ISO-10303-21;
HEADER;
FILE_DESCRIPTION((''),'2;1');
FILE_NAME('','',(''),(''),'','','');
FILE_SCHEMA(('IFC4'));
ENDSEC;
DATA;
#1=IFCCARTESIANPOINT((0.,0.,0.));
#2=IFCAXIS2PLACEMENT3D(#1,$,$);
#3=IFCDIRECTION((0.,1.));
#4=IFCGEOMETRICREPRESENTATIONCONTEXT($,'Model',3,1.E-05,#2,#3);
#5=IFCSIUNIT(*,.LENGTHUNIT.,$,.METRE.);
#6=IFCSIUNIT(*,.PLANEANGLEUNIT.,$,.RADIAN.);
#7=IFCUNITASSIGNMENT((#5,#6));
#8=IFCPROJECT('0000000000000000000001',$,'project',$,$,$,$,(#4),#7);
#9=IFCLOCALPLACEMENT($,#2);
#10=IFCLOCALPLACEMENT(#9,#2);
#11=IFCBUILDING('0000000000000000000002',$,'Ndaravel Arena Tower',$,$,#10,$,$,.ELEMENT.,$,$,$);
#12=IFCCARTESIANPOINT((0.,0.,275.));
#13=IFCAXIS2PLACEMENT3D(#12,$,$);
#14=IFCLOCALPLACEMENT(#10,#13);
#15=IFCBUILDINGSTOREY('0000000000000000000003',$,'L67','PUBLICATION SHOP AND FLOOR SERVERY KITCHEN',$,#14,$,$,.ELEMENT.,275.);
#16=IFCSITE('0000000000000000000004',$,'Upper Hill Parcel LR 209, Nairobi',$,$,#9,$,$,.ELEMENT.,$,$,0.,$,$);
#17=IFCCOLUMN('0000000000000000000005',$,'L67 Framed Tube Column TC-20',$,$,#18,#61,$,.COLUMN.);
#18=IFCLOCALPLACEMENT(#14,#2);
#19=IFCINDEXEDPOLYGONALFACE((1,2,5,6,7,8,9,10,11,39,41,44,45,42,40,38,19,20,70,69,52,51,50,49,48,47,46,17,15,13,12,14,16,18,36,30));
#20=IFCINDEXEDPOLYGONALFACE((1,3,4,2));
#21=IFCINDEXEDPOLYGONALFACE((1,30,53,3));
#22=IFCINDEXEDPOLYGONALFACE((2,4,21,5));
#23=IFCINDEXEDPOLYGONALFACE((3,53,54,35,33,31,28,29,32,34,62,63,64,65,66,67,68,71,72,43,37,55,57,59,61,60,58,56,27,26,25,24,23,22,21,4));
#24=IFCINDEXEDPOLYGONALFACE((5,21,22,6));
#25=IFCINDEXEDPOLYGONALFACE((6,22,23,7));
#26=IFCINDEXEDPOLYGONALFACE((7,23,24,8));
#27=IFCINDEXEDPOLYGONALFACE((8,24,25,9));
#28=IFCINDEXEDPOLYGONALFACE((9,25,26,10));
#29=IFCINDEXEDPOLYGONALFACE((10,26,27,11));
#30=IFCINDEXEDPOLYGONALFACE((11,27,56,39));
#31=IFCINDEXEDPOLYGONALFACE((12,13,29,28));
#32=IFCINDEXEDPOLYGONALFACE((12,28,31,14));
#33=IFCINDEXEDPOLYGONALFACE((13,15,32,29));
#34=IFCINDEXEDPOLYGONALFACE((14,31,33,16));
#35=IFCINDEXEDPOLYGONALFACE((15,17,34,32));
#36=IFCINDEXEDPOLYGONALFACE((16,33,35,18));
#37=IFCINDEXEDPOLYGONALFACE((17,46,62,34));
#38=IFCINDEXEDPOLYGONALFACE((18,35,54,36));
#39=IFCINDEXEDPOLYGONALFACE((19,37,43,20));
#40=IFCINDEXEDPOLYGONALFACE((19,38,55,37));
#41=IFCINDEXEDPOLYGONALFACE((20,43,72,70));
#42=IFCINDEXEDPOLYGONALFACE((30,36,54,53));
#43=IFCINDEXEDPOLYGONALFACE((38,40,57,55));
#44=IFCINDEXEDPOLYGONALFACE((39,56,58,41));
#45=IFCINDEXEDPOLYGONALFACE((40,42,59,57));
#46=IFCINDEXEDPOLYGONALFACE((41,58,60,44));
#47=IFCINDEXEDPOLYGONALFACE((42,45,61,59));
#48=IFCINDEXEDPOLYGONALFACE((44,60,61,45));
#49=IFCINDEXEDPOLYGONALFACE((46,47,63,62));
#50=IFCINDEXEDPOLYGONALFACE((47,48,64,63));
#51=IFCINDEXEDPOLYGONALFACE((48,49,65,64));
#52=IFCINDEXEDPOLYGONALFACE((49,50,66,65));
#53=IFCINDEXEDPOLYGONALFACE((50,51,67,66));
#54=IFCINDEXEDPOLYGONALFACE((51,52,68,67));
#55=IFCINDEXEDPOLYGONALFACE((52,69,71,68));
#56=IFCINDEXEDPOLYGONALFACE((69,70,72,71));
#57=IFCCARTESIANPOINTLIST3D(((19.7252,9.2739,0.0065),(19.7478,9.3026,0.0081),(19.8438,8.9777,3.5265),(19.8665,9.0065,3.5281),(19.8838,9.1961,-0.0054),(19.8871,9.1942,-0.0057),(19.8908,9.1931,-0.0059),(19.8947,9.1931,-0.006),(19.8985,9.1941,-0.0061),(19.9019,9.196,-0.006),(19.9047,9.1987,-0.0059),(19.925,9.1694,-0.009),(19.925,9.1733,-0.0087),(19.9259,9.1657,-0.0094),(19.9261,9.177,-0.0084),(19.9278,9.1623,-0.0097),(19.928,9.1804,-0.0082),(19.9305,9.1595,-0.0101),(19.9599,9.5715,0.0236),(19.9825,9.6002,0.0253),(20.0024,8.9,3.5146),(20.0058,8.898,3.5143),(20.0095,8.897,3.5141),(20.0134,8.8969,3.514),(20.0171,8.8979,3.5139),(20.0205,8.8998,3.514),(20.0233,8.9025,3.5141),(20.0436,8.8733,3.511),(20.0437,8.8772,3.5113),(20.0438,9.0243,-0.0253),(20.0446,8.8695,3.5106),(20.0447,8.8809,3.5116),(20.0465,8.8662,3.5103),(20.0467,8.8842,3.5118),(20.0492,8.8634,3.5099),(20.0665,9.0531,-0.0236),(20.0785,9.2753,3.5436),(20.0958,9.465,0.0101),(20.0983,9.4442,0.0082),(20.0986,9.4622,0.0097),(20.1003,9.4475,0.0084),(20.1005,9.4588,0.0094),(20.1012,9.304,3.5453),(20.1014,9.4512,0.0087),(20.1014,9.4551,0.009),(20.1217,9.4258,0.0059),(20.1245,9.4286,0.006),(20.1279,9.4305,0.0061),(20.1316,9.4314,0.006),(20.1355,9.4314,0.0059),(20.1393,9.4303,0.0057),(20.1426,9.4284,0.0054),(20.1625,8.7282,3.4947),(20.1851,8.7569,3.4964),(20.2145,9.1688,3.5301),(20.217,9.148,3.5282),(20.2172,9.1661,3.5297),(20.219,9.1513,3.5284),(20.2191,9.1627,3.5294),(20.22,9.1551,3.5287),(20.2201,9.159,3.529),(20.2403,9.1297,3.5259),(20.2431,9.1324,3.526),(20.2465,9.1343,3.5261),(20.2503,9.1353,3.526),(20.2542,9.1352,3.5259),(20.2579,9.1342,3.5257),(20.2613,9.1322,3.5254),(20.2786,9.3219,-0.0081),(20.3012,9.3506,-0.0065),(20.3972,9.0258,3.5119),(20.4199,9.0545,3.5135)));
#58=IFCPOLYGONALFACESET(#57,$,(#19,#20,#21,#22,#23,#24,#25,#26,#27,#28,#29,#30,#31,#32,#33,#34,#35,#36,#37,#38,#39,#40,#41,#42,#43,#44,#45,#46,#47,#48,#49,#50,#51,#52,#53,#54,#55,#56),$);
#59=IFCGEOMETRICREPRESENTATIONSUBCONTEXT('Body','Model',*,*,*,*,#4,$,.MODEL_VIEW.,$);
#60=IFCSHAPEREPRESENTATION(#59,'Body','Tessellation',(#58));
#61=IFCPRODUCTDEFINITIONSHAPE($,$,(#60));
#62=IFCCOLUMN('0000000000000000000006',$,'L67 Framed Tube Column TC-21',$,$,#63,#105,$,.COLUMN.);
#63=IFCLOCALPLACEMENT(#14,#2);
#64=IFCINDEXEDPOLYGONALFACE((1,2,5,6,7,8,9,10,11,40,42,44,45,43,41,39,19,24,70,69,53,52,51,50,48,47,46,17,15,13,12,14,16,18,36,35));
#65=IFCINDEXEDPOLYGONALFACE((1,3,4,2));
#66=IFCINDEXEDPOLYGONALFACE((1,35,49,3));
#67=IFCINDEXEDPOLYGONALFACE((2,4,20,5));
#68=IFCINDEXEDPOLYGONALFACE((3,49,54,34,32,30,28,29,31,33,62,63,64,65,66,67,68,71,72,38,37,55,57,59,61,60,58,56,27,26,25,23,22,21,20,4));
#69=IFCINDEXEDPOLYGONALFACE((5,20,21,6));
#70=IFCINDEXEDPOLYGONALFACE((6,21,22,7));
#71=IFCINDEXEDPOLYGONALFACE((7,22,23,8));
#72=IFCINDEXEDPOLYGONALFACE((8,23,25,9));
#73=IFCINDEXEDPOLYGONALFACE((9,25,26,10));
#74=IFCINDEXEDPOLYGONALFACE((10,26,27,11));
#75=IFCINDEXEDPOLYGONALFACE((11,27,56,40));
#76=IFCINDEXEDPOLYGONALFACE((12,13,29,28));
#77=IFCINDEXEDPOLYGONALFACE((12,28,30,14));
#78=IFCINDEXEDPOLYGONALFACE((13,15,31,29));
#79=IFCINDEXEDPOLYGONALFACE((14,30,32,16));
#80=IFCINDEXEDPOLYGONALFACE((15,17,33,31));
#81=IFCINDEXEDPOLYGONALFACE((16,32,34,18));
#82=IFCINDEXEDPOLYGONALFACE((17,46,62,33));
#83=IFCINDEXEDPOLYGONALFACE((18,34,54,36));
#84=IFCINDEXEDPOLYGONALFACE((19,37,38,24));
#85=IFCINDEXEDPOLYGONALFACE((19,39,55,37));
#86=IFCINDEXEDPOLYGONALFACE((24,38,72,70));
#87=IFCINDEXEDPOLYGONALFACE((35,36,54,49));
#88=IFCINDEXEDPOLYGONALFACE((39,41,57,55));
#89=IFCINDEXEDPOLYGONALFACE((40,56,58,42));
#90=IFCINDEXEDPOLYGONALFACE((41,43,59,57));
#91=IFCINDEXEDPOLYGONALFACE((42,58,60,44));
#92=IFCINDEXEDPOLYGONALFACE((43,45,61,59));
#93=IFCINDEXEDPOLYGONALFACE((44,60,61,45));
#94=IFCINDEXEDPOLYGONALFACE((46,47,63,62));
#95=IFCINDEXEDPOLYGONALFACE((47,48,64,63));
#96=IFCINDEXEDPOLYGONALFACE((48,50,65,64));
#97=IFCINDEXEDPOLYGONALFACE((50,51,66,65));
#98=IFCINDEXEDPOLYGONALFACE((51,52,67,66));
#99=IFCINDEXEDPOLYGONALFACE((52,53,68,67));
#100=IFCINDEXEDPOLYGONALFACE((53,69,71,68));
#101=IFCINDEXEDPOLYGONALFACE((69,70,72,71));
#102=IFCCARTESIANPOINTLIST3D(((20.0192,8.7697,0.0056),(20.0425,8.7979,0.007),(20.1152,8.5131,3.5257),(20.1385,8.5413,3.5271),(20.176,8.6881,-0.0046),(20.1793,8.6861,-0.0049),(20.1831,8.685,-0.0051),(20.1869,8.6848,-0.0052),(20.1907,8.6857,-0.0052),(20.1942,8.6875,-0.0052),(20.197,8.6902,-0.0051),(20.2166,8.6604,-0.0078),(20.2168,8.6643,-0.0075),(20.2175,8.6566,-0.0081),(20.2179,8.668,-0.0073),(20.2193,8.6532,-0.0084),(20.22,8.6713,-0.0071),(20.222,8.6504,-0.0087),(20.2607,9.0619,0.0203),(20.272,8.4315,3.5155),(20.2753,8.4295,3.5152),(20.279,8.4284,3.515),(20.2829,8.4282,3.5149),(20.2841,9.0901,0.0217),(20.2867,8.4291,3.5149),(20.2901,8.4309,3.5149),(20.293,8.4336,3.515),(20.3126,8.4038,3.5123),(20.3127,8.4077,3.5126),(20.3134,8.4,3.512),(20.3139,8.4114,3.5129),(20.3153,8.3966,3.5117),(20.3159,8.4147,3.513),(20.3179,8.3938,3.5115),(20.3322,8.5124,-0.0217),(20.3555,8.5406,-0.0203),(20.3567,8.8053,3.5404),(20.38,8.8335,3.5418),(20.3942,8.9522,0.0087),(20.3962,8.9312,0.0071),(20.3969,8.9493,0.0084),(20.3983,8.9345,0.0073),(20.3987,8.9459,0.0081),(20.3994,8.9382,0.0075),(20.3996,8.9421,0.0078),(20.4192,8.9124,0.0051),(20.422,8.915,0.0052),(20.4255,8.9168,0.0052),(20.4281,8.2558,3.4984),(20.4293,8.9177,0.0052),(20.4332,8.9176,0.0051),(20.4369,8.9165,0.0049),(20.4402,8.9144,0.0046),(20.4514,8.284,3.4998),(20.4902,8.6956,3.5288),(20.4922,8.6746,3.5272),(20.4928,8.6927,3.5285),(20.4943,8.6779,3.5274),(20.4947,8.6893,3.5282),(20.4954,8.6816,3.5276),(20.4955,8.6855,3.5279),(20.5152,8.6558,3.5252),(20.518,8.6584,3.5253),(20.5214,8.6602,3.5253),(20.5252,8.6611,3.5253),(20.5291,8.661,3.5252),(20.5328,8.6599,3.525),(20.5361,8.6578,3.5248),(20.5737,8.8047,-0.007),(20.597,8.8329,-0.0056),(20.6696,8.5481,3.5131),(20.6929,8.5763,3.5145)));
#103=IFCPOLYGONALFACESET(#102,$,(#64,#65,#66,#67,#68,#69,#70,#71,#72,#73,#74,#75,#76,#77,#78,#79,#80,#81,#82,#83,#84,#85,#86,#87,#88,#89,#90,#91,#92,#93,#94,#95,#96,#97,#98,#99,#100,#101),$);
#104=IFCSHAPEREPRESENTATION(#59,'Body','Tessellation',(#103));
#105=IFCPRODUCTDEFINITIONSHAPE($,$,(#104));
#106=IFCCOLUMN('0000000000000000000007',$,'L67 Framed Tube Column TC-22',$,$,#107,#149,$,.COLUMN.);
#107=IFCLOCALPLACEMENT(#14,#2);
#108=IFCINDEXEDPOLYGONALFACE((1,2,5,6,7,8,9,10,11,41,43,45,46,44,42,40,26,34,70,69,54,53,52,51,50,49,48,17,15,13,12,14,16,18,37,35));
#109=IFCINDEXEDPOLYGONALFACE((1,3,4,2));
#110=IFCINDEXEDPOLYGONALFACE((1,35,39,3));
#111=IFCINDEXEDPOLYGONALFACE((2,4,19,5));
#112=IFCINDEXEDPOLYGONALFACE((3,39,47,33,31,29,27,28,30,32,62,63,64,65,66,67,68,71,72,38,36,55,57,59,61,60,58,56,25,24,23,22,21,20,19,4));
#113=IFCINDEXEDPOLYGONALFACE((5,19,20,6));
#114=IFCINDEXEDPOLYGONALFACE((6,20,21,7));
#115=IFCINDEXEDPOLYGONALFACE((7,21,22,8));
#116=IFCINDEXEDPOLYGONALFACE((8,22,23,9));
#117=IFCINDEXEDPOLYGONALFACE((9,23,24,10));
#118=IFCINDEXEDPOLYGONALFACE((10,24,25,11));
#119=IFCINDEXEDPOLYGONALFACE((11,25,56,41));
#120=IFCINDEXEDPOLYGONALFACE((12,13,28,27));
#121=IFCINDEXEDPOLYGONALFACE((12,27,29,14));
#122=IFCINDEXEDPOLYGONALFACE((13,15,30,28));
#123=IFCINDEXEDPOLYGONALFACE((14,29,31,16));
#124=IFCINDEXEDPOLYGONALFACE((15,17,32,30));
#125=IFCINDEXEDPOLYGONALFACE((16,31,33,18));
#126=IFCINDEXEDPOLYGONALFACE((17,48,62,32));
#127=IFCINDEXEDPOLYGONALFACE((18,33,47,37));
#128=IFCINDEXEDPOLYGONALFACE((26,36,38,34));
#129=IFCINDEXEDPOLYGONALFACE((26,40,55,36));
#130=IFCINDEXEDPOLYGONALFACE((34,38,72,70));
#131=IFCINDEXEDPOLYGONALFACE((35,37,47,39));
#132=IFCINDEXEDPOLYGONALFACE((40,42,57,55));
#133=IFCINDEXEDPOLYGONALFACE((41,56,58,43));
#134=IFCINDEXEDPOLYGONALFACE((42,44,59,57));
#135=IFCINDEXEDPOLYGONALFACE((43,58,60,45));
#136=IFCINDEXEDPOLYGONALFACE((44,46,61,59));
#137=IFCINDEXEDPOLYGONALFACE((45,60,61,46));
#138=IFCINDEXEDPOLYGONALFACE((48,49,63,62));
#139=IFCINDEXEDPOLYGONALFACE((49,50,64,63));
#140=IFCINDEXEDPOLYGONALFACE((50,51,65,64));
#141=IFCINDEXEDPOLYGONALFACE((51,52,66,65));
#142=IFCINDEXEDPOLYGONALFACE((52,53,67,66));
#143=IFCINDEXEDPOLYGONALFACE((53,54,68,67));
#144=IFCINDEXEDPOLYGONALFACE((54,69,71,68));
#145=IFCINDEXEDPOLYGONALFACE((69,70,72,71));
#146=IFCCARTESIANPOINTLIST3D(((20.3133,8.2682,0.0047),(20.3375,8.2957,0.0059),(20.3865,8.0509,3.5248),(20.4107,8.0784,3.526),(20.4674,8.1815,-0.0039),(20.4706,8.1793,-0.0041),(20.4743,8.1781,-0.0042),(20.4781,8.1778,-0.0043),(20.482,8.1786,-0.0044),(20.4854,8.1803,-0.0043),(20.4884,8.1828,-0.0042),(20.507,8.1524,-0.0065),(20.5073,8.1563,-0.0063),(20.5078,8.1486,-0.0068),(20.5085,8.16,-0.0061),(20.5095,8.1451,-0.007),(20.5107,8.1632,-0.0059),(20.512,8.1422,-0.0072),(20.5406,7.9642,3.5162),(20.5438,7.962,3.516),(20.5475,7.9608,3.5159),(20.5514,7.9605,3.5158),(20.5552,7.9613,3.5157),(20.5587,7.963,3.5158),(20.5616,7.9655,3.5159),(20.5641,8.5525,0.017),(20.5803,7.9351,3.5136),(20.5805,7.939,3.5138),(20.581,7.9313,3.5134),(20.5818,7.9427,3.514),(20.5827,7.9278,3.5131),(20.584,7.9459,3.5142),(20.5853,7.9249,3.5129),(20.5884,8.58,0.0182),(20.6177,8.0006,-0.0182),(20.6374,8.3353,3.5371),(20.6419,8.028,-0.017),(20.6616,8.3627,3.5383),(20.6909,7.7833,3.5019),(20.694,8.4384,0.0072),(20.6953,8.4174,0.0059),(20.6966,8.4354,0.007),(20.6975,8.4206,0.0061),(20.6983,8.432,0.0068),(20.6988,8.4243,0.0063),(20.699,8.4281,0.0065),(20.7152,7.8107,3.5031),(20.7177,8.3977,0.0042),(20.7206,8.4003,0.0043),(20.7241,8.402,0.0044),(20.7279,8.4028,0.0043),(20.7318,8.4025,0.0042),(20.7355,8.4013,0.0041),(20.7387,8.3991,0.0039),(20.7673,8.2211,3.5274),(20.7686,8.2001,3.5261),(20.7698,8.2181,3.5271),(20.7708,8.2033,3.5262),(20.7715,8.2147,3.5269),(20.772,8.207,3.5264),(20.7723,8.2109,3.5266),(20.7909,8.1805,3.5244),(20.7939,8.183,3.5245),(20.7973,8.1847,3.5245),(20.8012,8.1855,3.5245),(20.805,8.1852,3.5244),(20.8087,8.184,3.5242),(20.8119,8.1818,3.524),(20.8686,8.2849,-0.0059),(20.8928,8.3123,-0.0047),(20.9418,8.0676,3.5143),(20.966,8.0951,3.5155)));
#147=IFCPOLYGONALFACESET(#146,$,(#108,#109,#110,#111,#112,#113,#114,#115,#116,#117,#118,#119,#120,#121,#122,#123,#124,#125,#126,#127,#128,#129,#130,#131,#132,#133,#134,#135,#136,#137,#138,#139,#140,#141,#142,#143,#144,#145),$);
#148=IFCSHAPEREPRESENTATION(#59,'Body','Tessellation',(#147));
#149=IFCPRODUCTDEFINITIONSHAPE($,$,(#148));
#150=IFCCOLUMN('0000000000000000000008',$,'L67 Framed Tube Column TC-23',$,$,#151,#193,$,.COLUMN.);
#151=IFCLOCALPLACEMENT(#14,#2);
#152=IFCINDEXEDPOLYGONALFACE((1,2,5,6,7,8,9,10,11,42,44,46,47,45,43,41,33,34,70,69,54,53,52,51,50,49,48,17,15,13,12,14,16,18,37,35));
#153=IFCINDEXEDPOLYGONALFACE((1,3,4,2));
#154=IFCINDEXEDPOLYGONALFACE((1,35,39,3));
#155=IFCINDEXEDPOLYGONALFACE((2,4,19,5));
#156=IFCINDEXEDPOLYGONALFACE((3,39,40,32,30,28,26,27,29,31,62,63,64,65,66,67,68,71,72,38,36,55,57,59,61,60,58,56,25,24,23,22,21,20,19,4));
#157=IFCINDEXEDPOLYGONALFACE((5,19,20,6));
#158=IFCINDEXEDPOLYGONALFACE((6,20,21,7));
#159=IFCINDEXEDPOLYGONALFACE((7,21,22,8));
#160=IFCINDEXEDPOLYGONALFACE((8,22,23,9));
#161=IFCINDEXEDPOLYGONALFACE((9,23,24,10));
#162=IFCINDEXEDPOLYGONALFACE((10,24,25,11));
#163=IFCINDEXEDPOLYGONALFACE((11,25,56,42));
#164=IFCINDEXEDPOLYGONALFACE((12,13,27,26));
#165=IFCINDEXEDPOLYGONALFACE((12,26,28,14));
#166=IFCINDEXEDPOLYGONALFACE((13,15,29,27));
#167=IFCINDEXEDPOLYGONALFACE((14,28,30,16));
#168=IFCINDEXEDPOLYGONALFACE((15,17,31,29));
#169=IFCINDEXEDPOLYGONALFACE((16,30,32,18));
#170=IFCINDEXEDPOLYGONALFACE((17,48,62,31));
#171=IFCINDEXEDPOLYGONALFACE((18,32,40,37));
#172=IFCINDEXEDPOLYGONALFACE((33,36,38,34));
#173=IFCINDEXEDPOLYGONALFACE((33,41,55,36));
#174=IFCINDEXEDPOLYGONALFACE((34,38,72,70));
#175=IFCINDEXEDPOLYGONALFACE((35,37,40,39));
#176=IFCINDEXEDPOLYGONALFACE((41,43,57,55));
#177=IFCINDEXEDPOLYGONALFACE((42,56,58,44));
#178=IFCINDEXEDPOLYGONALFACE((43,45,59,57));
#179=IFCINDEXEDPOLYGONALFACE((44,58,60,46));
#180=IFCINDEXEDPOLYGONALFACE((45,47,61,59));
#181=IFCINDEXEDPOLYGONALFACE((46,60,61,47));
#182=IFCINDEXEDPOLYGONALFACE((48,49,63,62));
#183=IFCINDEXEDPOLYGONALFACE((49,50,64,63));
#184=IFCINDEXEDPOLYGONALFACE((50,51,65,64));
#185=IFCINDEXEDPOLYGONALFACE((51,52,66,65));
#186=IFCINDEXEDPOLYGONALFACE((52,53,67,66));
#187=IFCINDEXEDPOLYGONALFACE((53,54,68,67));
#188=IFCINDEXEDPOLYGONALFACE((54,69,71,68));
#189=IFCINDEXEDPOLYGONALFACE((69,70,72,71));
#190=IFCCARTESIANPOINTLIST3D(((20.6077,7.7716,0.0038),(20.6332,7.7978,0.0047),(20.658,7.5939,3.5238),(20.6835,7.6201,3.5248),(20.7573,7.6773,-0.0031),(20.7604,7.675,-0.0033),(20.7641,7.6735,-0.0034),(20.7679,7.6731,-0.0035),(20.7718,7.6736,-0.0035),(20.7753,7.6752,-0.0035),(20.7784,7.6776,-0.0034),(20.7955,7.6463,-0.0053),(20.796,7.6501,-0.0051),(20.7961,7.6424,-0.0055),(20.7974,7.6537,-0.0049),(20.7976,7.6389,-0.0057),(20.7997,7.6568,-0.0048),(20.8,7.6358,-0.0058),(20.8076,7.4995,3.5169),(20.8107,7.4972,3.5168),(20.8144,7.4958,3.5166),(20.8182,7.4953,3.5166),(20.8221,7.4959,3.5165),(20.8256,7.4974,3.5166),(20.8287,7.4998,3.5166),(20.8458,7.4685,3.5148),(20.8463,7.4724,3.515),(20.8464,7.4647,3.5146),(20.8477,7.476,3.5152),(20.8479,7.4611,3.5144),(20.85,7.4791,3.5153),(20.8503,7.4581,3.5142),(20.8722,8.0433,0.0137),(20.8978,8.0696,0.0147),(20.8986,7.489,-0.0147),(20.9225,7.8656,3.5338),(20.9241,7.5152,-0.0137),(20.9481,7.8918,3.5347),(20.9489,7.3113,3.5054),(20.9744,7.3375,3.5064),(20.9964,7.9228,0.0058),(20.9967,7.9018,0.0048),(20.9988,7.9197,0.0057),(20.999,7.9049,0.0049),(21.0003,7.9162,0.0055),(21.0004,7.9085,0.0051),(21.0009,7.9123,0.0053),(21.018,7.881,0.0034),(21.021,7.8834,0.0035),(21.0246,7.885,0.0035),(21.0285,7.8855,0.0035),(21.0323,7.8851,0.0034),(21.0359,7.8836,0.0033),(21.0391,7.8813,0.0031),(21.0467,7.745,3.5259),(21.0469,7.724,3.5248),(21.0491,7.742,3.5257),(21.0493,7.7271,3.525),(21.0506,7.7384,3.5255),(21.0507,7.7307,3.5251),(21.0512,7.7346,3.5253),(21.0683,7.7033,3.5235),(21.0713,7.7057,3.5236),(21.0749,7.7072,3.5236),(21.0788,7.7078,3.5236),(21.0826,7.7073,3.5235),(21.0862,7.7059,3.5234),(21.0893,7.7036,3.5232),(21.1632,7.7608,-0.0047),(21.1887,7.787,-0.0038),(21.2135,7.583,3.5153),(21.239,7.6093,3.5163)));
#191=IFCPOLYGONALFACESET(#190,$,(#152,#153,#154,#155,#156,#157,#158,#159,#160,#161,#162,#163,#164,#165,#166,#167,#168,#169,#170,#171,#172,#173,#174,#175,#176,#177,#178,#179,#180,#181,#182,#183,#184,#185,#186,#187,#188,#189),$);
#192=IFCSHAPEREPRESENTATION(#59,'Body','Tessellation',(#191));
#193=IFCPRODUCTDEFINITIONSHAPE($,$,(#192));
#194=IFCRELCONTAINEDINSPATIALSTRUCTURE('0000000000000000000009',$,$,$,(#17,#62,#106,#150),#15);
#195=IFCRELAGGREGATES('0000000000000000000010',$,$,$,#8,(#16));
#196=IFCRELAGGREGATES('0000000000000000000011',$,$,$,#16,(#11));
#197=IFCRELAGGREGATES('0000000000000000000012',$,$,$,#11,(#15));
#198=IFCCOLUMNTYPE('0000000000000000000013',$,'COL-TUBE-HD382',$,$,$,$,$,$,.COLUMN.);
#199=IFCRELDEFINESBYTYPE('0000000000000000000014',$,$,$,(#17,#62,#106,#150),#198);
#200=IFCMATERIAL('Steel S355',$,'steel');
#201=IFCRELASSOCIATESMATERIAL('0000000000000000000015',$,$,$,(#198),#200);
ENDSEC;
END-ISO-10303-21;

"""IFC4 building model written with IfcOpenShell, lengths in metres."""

from ifc_helpers import new_model, si_unit, direction, frame, origin, origin_2d, place, context, subcontext, project, spatial, i_section, extrude, material, material_profile, profile_set, type_object, element, save


model = new_model("IFC4")

# Units and contexts
model_context = context("Model", 3, precision=1e-05, world=origin(), true_north=direction((0.0, 1.0)))
body_context = subcontext(model_context, "Body", "Model", "MODEL_VIEW")
ifc_project = project(units=[si_unit("LENGTHUNIT", "METRE"), si_unit("PLANEANGLEUNIT", "RADIAN")], contexts=[model_context])

# Site, building, storey
site_placement = place(None, origin())
site = spatial("IfcSite", under=ifc_project, at=site_placement, Name="Upper Hill Parcel LR 209, Nairobi", CompositionType="ELEMENT", RefElevation=0.0)
building_placement = place(site_placement, origin())
building = spatial("IfcBuilding", under=site, at=building_placement, Name="Ndaravel Arena Tower", CompositionType="ELEMENT")
storey_placement = place(building_placement, frame((0.0, 0.0, 275.0)))
storey = spatial("IfcBuildingStorey", under=building, at=storey_placement, Name="L67", Description="PUBLICATION SHOP AND FLOOR SERVERY KITCHEN", CompositionType="ELEMENT", Elevation=275.0)

# Columns
ifc_material_1 = material(Name="Steel S355", Category="steel")
ifc_material_profile_1 = material_profile(ifc_material_1, i_section(OverallWidth=0.406, OverallDepth=0.416, WebThickness=0.0298, FlangeThickness=0.0366, FilletRadius=0.0149, at=origin_2d()), Name="HD 400x382")
ifc_profile_set_1 = profile_set([ifc_material_profile_1], Name="Steel S355")
column_type = type_object("IfcColumnType", Name="COL-TUBE-HD382", PredefinedType="COLUMN", material=ifc_profile_set_1)
column_1_placement = place(storey_placement, frame((20.0132, 9.3123, 0.0), z_axis=(0.03357, -0.083788, 0.995918), x_axis=(-0.784909, 0.614661, 0.07817)))
element("IfcColumn", 1, at=column_1_placement, inside=storey, type_object=column_type, Name="L67 Framed Tube Column TC-20", PredefinedType="COLUMN", context=body_context, shape_type="SweptSolid", body=[
    extrude(i_section(OverallWidth=0.406, OverallDepth=0.416, WebThickness=0.0298, FlangeThickness=0.0366, FilletRadius=0.0149, at=origin_2d()), origin(), (0.0, 0.0, 1.0), 3.5344),
])
column_2_placement = place(storey_placement, frame((20.3081, 8.8013, 0.0), z_axis=(0.027175, -0.072675, 0.996985), x_axis=(-0.770735, 0.633602, 0.067195)))
element("IfcColumn", 2, at=column_2_placement, inside=storey, type_object=column_type, Name="L67 Framed Tube Column TC-21", PredefinedType="COLUMN", context=body_context, shape_type="SweptSolid", body=[
    extrude(i_section(OverallWidth=0.406, OverallDepth=0.416, WebThickness=0.0298, FlangeThickness=0.0366, FilletRadius=0.0149, at=origin_2d()), origin(), (0.0, 0.0, 1.0), 3.5308),
])
column_3_placement = place(storey_placement, frame((20.603, 8.2903, 0.0), z_axis=(0.020763, -0.061598, 0.997885), x_axis=(-0.749848, 0.659211, 0.056294)))
element("IfcColumn", 3, at=column_3_placement, inside=storey, type_object=column_type, Name="L67 Framed Tube Column TC-22", PredefinedType="COLUMN", context=body_context, shape_type="SweptSolid", body=[
    extrude(i_section(OverallWidth=0.406, OverallDepth=0.416, WebThickness=0.0298, FlangeThickness=0.0366, FilletRadius=0.0149, at=origin_2d()), origin(), (0.0, 0.0, 1.0), 3.5276),
])
column_4_placement = place(storey_placement, frame((20.8982, 7.7793, 0.0), z_axis=(0.014268, -0.050423, 0.998626), x_axis=(-0.716584, 0.696023, 0.045382)))
element("IfcColumn", 4, at=column_4_placement, inside=storey, type_object=column_type, Name="L67 Framed Tube Column TC-23", PredefinedType="COLUMN", context=body_context, shape_type="SweptSolid", body=[
    extrude(i_section(OverallWidth=0.406, OverallDepth=0.416, WebThickness=0.0298, FlangeThickness=0.0366, FilletRadius=0.0149, at=origin_2d()), origin(), (0.0, 0.0, 1.0), 3.5249),
])

save(model, "model.ifc")
